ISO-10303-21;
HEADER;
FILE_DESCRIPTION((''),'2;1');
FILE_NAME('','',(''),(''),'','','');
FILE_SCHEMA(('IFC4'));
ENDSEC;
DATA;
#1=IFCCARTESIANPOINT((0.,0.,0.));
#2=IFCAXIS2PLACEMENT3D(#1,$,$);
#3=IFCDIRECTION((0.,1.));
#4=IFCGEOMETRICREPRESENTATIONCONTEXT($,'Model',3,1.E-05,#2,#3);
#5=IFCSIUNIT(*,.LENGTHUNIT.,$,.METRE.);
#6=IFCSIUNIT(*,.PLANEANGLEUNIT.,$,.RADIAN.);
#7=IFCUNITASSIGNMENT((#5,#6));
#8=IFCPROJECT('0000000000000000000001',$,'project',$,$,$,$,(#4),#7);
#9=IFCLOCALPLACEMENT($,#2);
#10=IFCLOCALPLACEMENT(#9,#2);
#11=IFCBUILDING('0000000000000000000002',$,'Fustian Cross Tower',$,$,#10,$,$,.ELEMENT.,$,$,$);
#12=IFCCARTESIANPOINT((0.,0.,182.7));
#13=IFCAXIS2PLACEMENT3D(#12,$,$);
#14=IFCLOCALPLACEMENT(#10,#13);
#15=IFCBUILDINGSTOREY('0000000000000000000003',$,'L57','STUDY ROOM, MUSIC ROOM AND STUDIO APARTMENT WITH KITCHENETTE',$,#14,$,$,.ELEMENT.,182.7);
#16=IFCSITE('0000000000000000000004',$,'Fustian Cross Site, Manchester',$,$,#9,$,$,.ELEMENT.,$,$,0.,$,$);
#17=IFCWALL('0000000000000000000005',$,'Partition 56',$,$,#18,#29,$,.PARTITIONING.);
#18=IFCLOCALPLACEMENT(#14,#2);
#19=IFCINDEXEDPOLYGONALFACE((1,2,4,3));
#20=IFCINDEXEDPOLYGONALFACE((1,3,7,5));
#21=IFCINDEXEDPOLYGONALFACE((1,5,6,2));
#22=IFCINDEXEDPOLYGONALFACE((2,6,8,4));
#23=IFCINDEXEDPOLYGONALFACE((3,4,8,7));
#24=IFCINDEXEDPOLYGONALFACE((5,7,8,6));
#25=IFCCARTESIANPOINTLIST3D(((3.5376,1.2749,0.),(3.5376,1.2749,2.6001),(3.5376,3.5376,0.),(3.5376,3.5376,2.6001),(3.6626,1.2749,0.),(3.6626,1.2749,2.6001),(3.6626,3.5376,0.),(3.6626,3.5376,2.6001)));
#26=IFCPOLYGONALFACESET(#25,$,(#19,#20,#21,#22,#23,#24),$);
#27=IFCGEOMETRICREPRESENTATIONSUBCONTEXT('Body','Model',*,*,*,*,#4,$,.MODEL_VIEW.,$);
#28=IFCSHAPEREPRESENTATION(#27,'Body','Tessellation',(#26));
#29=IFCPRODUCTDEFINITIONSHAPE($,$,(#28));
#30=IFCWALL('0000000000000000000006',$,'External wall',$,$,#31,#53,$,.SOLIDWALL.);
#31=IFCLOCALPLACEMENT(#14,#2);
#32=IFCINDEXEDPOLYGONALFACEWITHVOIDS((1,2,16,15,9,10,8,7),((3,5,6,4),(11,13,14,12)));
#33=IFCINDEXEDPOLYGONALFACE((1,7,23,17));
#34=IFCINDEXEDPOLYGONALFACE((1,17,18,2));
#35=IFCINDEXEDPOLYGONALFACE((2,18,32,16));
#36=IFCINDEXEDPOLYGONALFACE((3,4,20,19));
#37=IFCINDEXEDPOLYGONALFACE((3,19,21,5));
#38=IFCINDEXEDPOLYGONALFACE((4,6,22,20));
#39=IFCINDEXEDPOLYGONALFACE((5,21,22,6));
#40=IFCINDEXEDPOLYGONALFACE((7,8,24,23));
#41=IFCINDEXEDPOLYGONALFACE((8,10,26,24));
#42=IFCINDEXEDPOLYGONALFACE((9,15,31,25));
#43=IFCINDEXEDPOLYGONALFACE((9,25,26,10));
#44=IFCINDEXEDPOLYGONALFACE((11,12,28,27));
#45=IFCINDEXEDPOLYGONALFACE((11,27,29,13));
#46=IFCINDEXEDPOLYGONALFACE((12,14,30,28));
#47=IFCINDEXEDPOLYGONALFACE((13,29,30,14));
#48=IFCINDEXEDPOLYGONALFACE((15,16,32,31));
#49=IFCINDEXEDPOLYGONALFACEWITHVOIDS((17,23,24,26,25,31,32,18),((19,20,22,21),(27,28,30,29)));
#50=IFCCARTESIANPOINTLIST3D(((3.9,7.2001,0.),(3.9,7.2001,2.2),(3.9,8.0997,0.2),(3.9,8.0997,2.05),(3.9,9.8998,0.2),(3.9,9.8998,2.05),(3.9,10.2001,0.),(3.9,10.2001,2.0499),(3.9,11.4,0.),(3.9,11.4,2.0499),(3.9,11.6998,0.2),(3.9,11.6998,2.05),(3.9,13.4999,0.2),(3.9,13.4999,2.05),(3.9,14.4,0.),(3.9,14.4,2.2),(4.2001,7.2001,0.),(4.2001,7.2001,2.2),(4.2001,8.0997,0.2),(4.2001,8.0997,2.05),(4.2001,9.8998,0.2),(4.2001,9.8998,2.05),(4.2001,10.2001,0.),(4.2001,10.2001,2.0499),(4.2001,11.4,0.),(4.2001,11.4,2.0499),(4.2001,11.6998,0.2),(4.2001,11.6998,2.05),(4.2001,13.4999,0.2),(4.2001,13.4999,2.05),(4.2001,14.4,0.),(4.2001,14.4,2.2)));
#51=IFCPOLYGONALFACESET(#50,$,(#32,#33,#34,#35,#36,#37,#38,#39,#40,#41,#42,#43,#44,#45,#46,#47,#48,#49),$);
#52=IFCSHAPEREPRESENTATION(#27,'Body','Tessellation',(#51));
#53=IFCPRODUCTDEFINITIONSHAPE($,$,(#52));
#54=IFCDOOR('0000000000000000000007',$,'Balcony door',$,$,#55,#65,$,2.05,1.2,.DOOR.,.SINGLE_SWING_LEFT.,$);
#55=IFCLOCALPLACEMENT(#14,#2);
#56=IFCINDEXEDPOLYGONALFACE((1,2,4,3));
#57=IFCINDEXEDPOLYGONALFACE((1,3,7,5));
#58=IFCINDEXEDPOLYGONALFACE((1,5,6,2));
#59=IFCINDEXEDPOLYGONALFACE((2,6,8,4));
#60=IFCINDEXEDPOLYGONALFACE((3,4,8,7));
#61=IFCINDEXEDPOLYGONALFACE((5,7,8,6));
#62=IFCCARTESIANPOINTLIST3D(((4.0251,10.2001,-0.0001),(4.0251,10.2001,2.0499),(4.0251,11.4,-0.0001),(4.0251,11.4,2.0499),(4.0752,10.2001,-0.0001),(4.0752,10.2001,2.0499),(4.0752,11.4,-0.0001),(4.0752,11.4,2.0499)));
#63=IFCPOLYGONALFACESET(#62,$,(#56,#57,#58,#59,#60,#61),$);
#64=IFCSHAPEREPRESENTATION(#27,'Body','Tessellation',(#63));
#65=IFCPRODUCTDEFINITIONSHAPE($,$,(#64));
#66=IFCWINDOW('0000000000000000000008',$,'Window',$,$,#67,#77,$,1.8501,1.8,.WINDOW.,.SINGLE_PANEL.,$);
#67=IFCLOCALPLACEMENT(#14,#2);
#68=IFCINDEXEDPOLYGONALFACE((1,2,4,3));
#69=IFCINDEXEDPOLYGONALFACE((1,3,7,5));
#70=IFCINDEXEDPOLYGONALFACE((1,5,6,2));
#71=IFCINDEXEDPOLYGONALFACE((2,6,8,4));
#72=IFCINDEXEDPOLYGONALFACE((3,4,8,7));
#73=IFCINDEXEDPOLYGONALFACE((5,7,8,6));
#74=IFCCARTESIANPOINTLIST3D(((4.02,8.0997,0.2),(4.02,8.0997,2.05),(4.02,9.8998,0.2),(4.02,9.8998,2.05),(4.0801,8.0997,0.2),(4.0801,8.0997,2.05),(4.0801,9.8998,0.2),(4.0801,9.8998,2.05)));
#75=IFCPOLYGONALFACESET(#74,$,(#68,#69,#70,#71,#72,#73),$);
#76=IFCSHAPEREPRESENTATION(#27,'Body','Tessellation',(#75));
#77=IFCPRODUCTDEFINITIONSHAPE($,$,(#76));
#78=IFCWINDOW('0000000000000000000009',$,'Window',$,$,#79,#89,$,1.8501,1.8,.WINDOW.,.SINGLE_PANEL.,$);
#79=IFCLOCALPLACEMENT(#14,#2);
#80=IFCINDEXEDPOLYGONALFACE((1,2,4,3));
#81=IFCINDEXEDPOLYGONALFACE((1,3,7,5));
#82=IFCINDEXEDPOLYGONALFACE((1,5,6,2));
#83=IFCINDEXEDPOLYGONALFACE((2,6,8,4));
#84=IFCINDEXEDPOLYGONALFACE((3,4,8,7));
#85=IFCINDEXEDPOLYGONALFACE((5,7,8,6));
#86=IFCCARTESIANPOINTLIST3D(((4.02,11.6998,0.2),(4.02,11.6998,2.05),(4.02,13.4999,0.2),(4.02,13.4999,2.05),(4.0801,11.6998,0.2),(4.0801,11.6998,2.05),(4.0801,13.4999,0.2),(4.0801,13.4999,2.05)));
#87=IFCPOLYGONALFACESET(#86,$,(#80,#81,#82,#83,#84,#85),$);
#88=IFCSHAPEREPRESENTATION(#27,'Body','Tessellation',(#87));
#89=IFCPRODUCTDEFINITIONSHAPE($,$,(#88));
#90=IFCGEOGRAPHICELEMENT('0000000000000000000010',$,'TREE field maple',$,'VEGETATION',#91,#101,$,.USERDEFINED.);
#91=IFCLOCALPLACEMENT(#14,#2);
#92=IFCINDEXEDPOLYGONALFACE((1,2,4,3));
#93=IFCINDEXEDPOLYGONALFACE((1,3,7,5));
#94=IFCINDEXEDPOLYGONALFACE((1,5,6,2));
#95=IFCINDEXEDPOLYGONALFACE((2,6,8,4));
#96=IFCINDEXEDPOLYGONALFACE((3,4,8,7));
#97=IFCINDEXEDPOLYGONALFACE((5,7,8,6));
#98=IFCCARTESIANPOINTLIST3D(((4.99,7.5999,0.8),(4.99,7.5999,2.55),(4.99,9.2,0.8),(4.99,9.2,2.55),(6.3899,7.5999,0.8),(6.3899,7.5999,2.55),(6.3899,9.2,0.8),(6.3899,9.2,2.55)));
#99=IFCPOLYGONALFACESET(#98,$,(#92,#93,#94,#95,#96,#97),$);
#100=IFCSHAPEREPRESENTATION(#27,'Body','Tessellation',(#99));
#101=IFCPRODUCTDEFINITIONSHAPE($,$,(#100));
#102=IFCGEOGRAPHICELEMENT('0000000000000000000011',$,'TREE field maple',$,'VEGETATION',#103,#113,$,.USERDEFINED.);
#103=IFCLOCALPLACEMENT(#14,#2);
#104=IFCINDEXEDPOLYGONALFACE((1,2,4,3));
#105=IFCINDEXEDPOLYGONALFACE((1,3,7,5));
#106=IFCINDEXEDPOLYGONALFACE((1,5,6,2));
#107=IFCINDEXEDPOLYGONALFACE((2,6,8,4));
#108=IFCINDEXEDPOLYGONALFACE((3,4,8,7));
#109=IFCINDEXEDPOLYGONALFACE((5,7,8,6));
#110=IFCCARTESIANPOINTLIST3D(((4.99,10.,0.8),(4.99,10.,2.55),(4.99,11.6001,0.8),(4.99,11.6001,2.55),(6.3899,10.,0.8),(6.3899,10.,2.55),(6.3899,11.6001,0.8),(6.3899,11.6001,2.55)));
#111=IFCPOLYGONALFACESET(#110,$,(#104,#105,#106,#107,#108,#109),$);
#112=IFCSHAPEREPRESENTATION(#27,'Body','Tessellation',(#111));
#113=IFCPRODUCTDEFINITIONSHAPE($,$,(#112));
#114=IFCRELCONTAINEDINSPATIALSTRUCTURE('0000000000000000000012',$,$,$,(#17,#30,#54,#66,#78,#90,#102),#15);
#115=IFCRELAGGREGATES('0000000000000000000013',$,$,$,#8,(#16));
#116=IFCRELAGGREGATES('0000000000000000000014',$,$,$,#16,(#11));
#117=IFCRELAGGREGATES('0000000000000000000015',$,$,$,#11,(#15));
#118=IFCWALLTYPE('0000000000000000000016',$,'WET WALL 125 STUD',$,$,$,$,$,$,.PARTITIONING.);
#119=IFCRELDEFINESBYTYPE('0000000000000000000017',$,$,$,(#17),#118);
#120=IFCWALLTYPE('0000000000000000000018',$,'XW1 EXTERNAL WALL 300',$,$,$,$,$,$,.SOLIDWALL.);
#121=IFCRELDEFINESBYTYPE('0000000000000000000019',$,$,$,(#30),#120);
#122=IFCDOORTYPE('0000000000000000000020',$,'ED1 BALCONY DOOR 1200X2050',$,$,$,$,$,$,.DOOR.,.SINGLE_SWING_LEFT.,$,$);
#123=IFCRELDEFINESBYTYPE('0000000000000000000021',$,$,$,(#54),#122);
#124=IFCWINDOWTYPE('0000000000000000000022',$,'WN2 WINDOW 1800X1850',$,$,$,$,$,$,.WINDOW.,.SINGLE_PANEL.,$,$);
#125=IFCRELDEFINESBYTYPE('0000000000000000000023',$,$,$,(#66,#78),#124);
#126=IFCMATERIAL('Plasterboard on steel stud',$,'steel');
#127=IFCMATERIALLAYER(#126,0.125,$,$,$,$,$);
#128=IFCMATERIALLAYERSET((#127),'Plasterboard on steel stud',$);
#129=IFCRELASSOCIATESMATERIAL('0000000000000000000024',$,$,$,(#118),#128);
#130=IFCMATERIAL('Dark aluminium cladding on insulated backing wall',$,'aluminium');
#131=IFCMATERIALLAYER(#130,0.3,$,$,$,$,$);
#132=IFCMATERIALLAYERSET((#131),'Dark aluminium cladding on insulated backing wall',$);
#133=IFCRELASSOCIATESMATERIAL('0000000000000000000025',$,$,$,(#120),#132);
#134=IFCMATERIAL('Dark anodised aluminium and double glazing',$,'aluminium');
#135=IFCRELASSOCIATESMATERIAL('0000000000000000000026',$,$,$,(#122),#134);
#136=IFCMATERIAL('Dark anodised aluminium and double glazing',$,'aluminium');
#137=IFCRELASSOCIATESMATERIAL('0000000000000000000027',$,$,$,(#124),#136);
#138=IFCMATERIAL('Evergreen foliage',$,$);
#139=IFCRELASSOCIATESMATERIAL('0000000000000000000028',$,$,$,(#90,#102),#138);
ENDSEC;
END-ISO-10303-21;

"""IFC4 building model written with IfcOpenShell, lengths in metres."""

from ifc_helpers import new_model, si_unit, direction, frame, frame_2d, origin, origin_2d, place, context, subcontext, project, spatial, rectangle, extrude, material, layer, layer_set, type_object, element, fill, save


model = new_model("IFC4")

# Units and contexts
model_context = context("Model", 3, precision=1e-05, world=origin(), true_north=direction((0.0, 1.0)))
body_context = subcontext(model_context, "Body", "Model", "MODEL_VIEW")
ifc_project = project(units=[si_unit("LENGTHUNIT", "METRE"), si_unit("PLANEANGLEUNIT", "RADIAN")], contexts=[model_context])

# Site, building, storey
site_placement = place(None, origin())
site = spatial("IfcSite", under=ifc_project, at=site_placement, Name="Fustian Cross Site, Manchester", CompositionType="ELEMENT", RefElevation=0.0)
building_placement = place(site_placement, origin())
building = spatial("IfcBuilding", under=site, at=building_placement, Name="Fustian Cross Tower", CompositionType="ELEMENT")
storey_placement = place(building_placement, frame((0.0, 0.0, 182.7)))
storey = spatial("IfcBuildingStorey", under=building, at=storey_placement, Name="L57", Description="STUDY ROOM, MUSIC ROOM AND STUDIO APARTMENT WITH KITCHENETTE", CompositionType="ELEMENT", Elevation=182.7)

# Wall
ifc_material_1 = material(Name="Plasterboard on steel stud", Category="steel")
ifc_layer_1 = layer(ifc_material_1, 0.125)
ifc_layer_set_1 = layer_set([ifc_layer_1], Name="Plasterboard on steel stud")
wall_type_1 = type_object("IfcWallType", Name="WET WALL 125 STUD", PredefinedType="PARTITIONING", material=ifc_layer_set_1)
wall_1_placement = place(storey_placement, frame((3.6001, 1.2749, 0.0), z_axis=(0.0, 0.0, 1.0), x_axis=(0.0, 1.0, 0.0)))
element("IfcWall", 1, at=wall_1_placement, inside=storey, type_object=wall_type_1, Name="Partition 56", PredefinedType="PARTITIONING", context=body_context, shape_type="SweptSolid", body=[
    extrude(rectangle(XDim=2.2627, YDim=0.125, at=frame_2d((1.1313, 0.0))), origin(), (0.0, 0.0, 1.0), 2.6001),
])

# Wall, openings, door, windows
ifc_material_2 = material(Name="Dark aluminium cladding on insulated backing wall", Category="aluminium")
ifc_layer_2 = layer(ifc_material_2, 0.3)
ifc_layer_set_2 = layer_set([ifc_layer_2], Name="Dark aluminium cladding on insulated backing wall")
wall_type_2 = type_object("IfcWallType", Name="XW1 EXTERNAL WALL 300", PredefinedType="SOLIDWALL", material=ifc_layer_set_2)
wall_2_placement = place(storey_placement, frame((4.05, 7.2, 0.0), z_axis=(0.0, 0.0, 1.0), x_axis=(0.0, 1.0, 0.0)))
wall_2 = element("IfcWall", 2, at=wall_2_placement, inside=storey, type_object=wall_type_2, Name="External wall", PredefinedType="SOLIDWALL", context=body_context, shape_type="SweptSolid", body=[
    extrude(rectangle(XDim=7.2, YDim=0.3, at=frame_2d((3.6001, 0.0))), origin(), (0.0, 0.0, 1.0), 2.2),
])
opening_1_placement = place(wall_2_placement, frame((3.0, 0.0, 0.0)))
opening_1 = element("IfcOpeningElement", 3, at=opening_1_placement, cuts=wall_2, PredefinedType="OPENING", context=body_context, shape_type="SweptSolid", body=[
    extrude(rectangle(XDim=1.2, YDim=2.05, at=frame_2d((0.6001, 1.0249))), frame((0.0, 0.1599, 0.0), z_axis=(0.0, -1.0, 0.0), x_axis=(1.0, 0.0, 0.0)), (0.0, 0.0, 1.0), 0.3201),
])
opening_2_placement = place(wall_2_placement, frame((0.8999, 0.0, 0.2)))
opening_2 = element("IfcOpeningElement", 4, at=opening_2_placement, cuts=wall_2, PredefinedType="OPENING", context=body_context, shape_type="SweptSolid", body=[
    extrude(rectangle(XDim=1.8, YDim=1.8501, at=frame_2d((0.8999, 0.925))), frame((0.0, 0.1599, 0.0), z_axis=(0.0, -1.0, 0.0), x_axis=(1.0, 0.0, 0.0)), (0.0, 0.0, 1.0), 0.3201),
])
opening_3_placement = place(wall_2_placement, frame((4.5, 0.0, 0.2)))
opening_3 = element("IfcOpeningElement", 5, at=opening_3_placement, cuts=wall_2, PredefinedType="OPENING", context=body_context, shape_type="SweptSolid", body=[
    extrude(rectangle(XDim=1.8, YDim=1.8501, at=frame_2d((0.8999, 0.925))), frame((0.0, 0.1599, 0.0), z_axis=(0.0, -1.0, 0.0), x_axis=(1.0, 0.0, 0.0)), (0.0, 0.0, 1.0), 0.3201),
])
ifc_material_3 = material(Name="Dark anodised aluminium and double glazing", Category="aluminium")
door_type_1 = type_object("IfcDoorType", Name="ED1 BALCONY DOOR 1200X2050", OperationType="SINGLE_SWING_LEFT", PredefinedType="DOOR", material=ifc_material_3)
door_1_placement = place(opening_1_placement, origin())
door_1 = element("IfcDoor", 6, at=door_1_placement, inside=storey, type_object=door_type_1, Name="Balcony door", OperationType="SINGLE_SWING_LEFT", OverallHeight=2.05, OverallWidth=1.2, PredefinedType="DOOR", context=body_context, shape_type="SweptSolid", body=[
    extrude(rectangle(XDim=1.2, YDim=2.05, at=frame_2d((0.6001, 1.0249))), frame((0.0, 0.0249, 0.0), z_axis=(0.0, -1.0, 0.0), x_axis=(1.0, 0.0, 0.0)), (0.0, 0.0, 1.0), 0.05),
])
fill(opening_1, door_1)
ifc_material_4 = material(Name="Dark anodised aluminium and double glazing", Category="aluminium")
window_type = type_object("IfcWindowType", Name="WN2 WINDOW 1800X1850", PartitioningType="SINGLE_PANEL", PredefinedType="WINDOW", material=ifc_material_4)
window_1_placement = place(opening_2_placement, origin())
window_1 = element("IfcWindow", 7, at=window_1_placement, inside=storey, type_object=window_type, Name="Window", OverallHeight=1.8501, OverallWidth=1.8, PartitioningType="SINGLE_PANEL", PredefinedType="WINDOW", context=body_context, shape_type="SweptSolid", body=[
    extrude(rectangle(XDim=1.8, YDim=1.8501, at=frame_2d((0.8999, 0.925))), frame((0.0, 0.03, 0.0), z_axis=(0.0, -1.0, 0.0), x_axis=(1.0, 0.0, 0.0)), (0.0, 0.0, 1.0), 0.0601),
])
fill(opening_2, window_1)
window_2_placement = place(opening_3_placement, origin())
window_2 = element("IfcWindow", 8, at=window_2_placement, inside=storey, type_object=window_type, Name="Window", OverallHeight=1.8501, OverallWidth=1.8, PartitioningType="SINGLE_PANEL", PredefinedType="WINDOW", context=body_context, shape_type="SweptSolid", body=[
    extrude(rectangle(XDim=1.8, YDim=1.8501, at=frame_2d((0.8999, 0.925))), frame((0.0, 0.03, 0.0), z_axis=(0.0, -1.0, 0.0), x_axis=(1.0, 0.0, 0.0)), (0.0, 0.0, 1.0), 0.0601),
])
fill(opening_3, window_2)

# Geographic elements
ifc_material_5 = material(Name="Evergreen foliage")
for number, where, z_axis, x_axis, name in (
    (9, (5.6899, 8.3999, 0.8), (0.0, 0.0, 1.0), (1.0, 0.0, 0.0), "TREE field maple"),
    (10, (5.6899, 10.8, 0.8), (0.0, 0.0, 1.0), (1.0, 0.0, 0.0), "TREE field maple"),
):
    element("IfcGeographicElement", number, at=place(storey_placement, frame(where, z_axis=z_axis, x_axis=x_axis)), inside=storey, material=ifc_material_5, Name=name, ObjectType="VEGETATION", PredefinedType="USERDEFINED", context=body_context, shape_type="SweptSolid", body=[
        extrude(rectangle(XDim=1.3999, YDim=1.6001, at=origin_2d()), origin(), (0.0, 0.0, 1.0), 1.75),
    ])

save(model, "model.ifc")
